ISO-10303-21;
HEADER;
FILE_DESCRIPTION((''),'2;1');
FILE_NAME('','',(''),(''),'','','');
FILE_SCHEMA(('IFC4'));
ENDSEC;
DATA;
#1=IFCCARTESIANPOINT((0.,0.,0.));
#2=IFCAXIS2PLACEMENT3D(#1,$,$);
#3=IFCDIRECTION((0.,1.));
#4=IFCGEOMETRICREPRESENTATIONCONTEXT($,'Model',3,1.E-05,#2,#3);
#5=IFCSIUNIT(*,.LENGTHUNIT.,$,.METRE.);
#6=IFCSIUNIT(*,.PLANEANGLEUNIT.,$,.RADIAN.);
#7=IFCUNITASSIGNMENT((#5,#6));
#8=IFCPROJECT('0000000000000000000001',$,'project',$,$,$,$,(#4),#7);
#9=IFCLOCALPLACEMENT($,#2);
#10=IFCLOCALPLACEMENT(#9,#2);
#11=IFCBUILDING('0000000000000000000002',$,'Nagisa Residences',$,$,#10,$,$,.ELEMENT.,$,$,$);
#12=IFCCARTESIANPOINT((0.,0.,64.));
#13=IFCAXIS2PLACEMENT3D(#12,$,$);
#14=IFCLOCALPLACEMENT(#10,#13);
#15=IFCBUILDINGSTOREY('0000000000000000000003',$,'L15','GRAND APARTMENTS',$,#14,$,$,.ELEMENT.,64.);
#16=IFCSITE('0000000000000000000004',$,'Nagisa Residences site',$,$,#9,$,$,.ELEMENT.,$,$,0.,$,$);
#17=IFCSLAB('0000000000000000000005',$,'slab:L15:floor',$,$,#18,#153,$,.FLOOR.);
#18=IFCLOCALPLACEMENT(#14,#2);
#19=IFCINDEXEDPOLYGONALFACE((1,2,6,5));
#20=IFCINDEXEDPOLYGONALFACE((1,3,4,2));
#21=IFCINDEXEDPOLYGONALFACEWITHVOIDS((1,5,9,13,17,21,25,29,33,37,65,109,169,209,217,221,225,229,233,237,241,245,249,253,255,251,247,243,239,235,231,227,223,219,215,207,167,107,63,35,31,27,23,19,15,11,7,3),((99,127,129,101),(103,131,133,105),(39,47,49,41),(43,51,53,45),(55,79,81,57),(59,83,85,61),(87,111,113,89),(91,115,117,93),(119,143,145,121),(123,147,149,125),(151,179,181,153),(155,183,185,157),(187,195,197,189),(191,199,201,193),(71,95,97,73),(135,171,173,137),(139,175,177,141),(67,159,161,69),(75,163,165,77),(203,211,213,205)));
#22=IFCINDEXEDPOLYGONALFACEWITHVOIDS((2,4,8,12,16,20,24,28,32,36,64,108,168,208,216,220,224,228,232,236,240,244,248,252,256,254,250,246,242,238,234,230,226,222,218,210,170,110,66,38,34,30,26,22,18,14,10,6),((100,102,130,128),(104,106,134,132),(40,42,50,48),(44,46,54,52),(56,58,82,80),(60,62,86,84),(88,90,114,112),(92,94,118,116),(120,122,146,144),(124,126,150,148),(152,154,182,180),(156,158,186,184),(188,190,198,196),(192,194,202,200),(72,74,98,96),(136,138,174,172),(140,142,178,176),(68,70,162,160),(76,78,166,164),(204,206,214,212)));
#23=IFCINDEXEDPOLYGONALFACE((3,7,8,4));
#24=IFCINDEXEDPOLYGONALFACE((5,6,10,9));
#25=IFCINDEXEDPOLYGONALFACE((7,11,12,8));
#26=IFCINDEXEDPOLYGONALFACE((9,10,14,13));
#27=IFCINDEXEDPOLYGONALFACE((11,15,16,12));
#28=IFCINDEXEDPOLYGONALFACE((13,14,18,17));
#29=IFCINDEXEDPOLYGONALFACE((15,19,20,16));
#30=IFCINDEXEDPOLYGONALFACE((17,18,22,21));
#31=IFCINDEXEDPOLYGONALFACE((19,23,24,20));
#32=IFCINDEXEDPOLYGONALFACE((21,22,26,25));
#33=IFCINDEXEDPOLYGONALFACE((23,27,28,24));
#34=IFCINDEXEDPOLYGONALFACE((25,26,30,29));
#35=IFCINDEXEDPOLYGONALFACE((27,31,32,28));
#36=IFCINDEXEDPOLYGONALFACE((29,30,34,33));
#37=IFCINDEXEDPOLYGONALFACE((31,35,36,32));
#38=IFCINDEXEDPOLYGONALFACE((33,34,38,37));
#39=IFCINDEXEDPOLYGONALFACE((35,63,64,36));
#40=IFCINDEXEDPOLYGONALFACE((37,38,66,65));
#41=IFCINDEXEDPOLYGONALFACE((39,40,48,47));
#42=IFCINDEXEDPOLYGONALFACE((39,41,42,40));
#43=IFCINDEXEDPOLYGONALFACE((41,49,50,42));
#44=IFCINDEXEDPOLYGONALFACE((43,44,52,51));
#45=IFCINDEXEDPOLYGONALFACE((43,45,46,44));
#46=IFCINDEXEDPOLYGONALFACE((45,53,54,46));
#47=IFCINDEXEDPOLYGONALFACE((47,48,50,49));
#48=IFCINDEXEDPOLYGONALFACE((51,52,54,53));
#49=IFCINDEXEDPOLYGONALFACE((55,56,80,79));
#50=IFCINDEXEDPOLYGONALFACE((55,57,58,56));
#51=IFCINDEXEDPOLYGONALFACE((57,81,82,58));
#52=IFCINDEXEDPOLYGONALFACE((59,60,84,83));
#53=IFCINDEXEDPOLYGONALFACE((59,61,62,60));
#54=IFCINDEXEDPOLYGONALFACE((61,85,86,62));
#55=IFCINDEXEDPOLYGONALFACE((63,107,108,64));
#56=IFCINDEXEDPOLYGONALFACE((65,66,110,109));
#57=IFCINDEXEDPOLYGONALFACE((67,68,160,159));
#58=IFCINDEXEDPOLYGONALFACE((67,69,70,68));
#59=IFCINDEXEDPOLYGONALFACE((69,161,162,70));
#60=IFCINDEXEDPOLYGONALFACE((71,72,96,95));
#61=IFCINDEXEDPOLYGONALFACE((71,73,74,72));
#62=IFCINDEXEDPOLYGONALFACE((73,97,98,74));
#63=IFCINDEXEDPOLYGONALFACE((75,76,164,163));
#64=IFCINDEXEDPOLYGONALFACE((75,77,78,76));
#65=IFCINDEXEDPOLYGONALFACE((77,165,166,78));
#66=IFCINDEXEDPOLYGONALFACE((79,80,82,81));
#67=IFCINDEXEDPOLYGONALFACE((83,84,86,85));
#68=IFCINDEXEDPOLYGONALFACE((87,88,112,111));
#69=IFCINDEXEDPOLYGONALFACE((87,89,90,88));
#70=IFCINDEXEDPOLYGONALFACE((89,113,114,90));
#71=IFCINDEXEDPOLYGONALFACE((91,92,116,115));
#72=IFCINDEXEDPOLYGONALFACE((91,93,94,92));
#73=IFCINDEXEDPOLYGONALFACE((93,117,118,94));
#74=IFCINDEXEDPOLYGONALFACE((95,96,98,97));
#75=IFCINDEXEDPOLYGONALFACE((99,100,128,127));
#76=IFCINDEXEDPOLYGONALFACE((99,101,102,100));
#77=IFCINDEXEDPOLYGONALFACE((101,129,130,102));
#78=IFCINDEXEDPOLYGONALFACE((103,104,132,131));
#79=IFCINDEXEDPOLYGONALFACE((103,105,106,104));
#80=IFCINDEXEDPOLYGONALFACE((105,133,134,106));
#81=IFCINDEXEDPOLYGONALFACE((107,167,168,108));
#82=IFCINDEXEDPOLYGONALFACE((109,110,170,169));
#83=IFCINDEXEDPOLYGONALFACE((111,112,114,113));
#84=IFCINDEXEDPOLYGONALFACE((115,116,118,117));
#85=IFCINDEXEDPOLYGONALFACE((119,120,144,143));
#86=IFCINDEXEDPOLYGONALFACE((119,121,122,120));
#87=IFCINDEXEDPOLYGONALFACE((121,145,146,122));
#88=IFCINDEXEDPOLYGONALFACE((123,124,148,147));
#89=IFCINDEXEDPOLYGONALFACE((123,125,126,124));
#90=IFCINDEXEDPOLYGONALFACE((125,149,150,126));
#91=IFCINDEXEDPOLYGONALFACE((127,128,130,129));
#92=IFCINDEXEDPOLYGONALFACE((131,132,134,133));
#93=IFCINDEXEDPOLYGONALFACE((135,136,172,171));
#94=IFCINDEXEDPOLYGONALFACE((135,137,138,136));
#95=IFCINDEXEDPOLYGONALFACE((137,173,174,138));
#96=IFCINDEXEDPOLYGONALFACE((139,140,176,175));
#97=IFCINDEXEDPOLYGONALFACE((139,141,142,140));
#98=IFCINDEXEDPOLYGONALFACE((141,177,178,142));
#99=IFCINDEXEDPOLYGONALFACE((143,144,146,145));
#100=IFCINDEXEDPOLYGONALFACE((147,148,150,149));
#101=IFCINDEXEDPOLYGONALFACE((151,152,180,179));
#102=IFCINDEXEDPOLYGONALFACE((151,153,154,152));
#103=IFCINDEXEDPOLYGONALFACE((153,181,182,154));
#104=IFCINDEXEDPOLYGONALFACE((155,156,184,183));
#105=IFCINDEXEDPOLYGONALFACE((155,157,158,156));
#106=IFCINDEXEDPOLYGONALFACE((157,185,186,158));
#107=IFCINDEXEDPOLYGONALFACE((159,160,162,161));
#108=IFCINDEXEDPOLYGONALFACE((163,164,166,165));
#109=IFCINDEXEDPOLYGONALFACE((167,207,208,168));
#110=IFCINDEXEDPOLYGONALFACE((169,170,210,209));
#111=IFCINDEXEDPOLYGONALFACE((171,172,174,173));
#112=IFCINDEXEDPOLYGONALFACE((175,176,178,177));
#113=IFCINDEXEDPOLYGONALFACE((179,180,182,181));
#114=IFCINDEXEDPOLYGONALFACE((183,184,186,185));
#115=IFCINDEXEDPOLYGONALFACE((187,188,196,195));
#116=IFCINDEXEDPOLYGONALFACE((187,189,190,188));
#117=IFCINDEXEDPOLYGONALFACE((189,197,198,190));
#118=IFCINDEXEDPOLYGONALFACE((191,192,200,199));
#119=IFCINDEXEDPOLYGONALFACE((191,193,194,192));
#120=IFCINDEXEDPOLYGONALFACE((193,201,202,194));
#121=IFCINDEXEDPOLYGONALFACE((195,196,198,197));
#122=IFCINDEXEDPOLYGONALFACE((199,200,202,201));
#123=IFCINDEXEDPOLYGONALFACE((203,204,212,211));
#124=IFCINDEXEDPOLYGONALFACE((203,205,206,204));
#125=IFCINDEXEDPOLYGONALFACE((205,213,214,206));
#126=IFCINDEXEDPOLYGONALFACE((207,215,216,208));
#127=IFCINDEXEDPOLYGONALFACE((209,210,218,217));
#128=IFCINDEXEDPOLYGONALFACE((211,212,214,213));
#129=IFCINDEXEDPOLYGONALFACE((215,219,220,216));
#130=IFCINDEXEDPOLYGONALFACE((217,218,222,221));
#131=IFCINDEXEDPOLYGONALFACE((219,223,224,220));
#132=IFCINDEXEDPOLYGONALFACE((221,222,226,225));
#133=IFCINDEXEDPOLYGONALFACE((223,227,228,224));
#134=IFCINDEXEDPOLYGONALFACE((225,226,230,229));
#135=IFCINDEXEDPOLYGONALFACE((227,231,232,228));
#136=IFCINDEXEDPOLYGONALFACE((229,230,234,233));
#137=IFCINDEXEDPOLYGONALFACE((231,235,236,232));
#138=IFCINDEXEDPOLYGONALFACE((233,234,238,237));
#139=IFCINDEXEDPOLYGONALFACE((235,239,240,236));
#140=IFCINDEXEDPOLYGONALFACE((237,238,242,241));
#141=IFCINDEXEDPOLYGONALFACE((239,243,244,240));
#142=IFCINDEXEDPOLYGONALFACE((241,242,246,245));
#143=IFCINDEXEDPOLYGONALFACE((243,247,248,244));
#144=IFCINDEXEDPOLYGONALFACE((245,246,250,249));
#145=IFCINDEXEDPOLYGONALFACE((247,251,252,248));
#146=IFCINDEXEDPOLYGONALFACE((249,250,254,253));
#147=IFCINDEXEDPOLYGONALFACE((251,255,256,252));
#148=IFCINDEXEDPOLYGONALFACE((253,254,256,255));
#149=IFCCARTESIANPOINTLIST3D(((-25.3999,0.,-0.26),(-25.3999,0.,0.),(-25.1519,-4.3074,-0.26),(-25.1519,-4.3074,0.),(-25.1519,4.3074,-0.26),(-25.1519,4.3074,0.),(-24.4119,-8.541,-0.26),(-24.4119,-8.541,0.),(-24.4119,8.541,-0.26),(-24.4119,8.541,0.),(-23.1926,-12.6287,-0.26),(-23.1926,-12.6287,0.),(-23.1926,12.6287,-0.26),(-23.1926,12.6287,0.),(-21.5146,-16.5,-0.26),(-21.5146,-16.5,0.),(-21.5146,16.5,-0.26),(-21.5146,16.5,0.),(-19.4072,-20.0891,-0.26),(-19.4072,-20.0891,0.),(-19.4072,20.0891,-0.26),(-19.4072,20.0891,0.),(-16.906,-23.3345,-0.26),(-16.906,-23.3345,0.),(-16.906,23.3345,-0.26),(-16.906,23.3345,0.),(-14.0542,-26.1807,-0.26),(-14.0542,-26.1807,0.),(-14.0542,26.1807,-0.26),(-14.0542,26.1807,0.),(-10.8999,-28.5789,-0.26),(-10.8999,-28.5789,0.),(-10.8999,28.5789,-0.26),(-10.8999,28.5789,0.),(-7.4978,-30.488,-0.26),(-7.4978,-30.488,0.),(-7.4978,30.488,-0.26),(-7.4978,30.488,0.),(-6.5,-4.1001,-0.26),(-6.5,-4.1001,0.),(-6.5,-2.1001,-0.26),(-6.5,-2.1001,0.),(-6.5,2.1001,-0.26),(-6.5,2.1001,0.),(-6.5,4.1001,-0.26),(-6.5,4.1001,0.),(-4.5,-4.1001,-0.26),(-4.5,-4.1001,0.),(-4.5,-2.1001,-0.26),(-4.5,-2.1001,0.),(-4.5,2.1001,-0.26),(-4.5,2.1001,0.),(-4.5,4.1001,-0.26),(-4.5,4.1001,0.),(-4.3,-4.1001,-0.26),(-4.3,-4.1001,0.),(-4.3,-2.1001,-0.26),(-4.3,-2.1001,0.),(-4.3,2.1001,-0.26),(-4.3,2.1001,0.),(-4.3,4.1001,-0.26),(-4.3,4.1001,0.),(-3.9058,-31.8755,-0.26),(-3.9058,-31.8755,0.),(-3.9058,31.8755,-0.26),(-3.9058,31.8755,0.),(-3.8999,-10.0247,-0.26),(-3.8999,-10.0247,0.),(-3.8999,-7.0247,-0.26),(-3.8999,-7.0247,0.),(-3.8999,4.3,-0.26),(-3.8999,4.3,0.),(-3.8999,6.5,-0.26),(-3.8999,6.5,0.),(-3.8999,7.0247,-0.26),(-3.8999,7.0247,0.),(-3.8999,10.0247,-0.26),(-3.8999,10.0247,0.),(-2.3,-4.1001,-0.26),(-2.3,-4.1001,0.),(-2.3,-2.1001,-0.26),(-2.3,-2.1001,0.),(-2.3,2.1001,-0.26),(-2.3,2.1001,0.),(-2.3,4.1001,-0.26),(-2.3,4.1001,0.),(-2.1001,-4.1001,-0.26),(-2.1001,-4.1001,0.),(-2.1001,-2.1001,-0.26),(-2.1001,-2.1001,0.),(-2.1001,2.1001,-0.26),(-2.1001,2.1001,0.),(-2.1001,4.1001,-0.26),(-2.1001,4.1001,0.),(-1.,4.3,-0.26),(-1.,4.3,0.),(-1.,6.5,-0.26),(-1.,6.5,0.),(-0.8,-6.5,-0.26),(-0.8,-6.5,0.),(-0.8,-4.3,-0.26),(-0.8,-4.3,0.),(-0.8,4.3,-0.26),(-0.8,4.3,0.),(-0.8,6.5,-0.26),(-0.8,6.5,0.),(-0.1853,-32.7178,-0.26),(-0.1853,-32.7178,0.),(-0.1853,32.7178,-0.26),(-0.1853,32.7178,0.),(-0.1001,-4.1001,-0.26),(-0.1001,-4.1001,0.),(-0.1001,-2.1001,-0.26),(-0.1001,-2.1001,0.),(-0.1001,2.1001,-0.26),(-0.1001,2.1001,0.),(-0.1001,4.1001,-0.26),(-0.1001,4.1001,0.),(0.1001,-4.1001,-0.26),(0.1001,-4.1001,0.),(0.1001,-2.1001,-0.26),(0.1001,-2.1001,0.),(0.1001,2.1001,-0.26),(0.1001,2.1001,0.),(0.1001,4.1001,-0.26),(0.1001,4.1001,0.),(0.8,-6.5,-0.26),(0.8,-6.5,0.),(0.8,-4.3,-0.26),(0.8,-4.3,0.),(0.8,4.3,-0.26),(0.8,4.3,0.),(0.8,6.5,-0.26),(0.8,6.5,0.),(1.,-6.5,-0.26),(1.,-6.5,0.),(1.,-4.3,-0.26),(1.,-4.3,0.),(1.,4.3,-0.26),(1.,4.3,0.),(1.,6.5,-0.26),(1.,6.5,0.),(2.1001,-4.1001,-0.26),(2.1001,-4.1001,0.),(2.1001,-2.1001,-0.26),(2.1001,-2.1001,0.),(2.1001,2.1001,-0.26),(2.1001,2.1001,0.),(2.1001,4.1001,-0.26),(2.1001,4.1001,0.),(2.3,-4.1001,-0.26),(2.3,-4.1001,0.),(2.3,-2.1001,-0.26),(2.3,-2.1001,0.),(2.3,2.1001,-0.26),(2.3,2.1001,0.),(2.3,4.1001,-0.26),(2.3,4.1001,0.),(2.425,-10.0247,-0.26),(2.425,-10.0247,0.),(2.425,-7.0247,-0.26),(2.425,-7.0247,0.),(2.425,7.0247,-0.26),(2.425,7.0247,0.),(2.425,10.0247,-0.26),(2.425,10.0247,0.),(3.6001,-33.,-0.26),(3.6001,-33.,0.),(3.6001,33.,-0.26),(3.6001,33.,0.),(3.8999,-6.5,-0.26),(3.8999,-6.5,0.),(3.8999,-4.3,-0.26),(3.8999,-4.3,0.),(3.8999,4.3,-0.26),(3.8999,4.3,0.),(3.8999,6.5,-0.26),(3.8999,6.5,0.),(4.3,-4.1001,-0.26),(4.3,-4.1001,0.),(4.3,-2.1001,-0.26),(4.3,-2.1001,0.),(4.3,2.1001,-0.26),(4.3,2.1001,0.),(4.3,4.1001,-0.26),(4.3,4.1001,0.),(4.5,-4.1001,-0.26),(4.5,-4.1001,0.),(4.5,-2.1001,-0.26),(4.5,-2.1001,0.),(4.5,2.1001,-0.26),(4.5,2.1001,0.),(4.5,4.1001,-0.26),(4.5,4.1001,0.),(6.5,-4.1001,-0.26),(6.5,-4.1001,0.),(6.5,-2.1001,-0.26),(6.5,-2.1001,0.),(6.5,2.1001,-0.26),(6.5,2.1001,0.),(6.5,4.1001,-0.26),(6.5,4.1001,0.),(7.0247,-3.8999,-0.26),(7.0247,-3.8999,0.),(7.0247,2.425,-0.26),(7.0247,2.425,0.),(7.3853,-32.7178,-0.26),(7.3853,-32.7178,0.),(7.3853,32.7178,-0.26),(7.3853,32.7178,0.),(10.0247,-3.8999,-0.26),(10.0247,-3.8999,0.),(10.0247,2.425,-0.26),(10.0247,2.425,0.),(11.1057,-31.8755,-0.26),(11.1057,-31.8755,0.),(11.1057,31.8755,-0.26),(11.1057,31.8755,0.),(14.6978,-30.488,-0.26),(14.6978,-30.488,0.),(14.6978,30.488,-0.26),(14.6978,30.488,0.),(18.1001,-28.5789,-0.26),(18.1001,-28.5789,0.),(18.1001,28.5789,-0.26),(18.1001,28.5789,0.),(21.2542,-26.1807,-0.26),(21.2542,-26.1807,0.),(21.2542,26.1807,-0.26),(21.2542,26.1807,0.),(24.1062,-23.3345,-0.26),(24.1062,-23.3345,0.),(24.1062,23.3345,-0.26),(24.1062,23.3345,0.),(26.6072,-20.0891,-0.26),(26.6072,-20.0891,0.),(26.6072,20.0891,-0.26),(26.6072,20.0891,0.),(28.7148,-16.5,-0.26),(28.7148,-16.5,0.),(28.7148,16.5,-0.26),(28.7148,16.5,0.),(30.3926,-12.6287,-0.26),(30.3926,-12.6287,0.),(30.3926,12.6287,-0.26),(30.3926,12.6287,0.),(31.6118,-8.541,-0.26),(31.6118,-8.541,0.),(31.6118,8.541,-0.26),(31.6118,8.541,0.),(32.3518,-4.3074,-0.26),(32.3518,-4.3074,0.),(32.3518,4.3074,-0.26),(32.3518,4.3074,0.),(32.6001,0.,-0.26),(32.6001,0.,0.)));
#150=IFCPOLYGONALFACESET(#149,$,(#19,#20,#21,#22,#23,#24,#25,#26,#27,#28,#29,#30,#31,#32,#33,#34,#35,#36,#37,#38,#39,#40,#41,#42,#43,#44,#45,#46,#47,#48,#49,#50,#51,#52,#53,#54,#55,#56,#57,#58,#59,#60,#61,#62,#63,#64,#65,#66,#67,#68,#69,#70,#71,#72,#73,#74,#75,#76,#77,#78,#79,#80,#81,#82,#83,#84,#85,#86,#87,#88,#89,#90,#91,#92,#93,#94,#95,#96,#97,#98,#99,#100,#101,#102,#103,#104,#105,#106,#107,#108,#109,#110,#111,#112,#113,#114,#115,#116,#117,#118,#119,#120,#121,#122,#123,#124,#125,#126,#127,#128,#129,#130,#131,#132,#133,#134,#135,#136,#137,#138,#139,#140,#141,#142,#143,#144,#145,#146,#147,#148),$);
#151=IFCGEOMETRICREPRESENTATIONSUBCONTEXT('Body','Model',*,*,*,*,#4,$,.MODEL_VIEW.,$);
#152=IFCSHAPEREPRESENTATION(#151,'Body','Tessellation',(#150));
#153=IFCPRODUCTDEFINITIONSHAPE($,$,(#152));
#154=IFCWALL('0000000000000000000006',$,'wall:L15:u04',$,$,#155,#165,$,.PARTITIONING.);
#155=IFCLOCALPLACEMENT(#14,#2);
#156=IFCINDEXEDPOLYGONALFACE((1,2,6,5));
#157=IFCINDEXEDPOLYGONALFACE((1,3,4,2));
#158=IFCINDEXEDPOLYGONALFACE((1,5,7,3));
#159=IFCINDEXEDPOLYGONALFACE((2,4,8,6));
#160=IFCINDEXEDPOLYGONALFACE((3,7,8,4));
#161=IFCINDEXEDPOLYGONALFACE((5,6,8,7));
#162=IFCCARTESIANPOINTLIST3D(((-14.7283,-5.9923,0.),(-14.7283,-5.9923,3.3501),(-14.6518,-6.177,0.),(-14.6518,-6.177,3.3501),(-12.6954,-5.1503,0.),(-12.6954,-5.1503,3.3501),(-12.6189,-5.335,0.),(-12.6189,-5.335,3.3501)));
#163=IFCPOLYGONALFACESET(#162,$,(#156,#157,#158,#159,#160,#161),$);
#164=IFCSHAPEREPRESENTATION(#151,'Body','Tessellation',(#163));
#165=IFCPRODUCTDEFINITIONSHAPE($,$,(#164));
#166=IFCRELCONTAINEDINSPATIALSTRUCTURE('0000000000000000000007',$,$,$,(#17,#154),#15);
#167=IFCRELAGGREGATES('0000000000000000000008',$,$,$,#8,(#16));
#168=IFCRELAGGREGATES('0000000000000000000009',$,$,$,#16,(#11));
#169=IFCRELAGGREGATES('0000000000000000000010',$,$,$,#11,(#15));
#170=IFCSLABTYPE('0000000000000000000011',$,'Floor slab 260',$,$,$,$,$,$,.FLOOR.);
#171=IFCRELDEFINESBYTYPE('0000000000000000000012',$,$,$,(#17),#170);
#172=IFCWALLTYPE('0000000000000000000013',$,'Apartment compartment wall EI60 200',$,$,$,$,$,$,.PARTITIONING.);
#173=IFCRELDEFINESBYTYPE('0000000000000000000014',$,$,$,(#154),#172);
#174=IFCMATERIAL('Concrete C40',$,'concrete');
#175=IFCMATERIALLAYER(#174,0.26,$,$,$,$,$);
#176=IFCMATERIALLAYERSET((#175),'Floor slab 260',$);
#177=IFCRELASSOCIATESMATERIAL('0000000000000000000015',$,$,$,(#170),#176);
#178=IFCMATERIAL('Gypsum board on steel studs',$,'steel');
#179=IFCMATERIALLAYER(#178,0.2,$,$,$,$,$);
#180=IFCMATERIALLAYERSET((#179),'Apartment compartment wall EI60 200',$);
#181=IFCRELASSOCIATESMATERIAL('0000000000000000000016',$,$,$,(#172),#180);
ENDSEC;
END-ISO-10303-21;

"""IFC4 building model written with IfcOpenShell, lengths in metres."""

from ifc_helpers import new_model, si_unit, direction, frame, frame_2d, origin, place, context, subcontext, project, spatial, polyline, rectangle, outline, extrude, material, layer, layer_set, type_object, element, save


model = new_model("IFC4")

# Units and contexts
model_context = context("Model", 3, precision=1e-05, world=origin(), true_north=direction((0.0, 1.0)))
body_context = subcontext(model_context, "Body", "Model", "MODEL_VIEW")
ifc_project = project(units=[si_unit("LENGTHUNIT", "METRE"), si_unit("PLANEANGLEUNIT", "RADIAN")], contexts=[model_context])

# Site, building, storey
site_placement = place(None, origin())
site = spatial("IfcSite", under=ifc_project, at=site_placement, Name="Nagisa Residences site", CompositionType="ELEMENT", RefElevation=0.0)
building_placement = place(site_placement, origin())
building = spatial("IfcBuilding", under=site, at=building_placement, Name="Nagisa Residences", CompositionType="ELEMENT")
storey_placement = place(building_placement, frame((0.0, 0.0, 64.0)))
storey = spatial("IfcBuildingStorey", under=building, at=storey_placement, Name="L15", Description="GRAND APARTMENTS", CompositionType="ELEMENT", Elevation=64.0)

# Slab
ifc_material_1 = material(Name="Concrete C40", Category="concrete")
ifc_layer_1 = layer(ifc_material_1, 0.26)
ifc_layer_set_1 = layer_set([ifc_layer_1], Name="Floor slab 260")
slab_type_1 = type_object("IfcSlabType", Name="Floor slab 260", PredefinedType="FLOOR", material=ifc_layer_set_1)
slab_1_placement = place(storey_placement, frame((0.0, 0.0, -0.26)))
element("IfcSlab", 1, at=slab_1_placement, inside=storey, type_object=slab_type_1, Name="slab:L15:floor", PredefinedType="FLOOR", context=body_context, shape_type="SweptSolid", body=[
    extrude(outline(polyline([(32.6001, 0.0), (32.3518, 4.3074), (31.6118, 8.541), (30.3926, 12.6287), (28.7148, 16.5), (26.6072, 20.0891), (24.1062, 23.3345), (21.2542, 26.1807), (18.1001, 28.5789), (14.6978, 30.488), (11.1057, 31.8755), (7.3853, 32.7178), (3.6001, 33.0), (-0.1853, 32.7178), (-3.9058, 31.8755), (-7.4978, 30.488), (-10.8999, 28.5789), (-14.0542, 26.1807), (-16.906, 23.3345), (-19.4072, 20.0891), (-21.5146, 16.5), (-23.1926, 12.6287), (-24.4119, 8.541), (-25.1519, 4.3074), (-25.3999, 0.0), (-25.1519, -4.3074), (-24.4119, -8.541), (-23.1926, -12.6287), (-21.5146, -16.5), (-19.4072, -20.0891), (-16.906, -23.3345), (-14.0542, -26.1807), (-10.8999, -28.5789), (-7.4978, -30.488), (-3.9058, -31.8755), (-0.1853, -32.7178), (3.6001, -33.0), (7.3853, -32.7178), (11.1057, -31.8755), (14.6978, -30.488), (18.1001, -28.5789), (21.2542, -26.1807), (24.1062, -23.3345), (26.6072, -20.0891), (28.7148, -16.5), (30.3926, -12.6287), (31.6118, -8.541), (32.3518, -4.3074), (32.6001, 0.0)]), holes=[polyline([(-4.5, 2.1001), (-4.5, 4.1001), (-6.5, 4.1001), (-6.5, 2.1001), (-4.5, 2.1001)]), polyline([(-2.3, 2.1001), (-2.3, 4.1001), (-4.3, 4.1001), (-4.3, 2.1001), (-2.3, 2.1001)]), polyline([(-0.1001, 2.1001), (-0.1001, 4.1001), (-2.1001, 4.1001), (-2.1001, 2.1001), (-0.1001, 2.1001)]), polyline([(2.1001, 2.1001), (2.1001, 4.1001), (0.1001, 4.1001), (0.1001, 2.1001), (2.1001, 2.1001)]), polyline([(4.3, 2.1001), (4.3, 4.1001), (2.3, 4.1001), (2.3, 2.1001), (4.3, 2.1001)]), polyline([(6.5, 2.1001), (6.5, 4.1001), (4.5, 4.1001), (4.5, 2.1001), (6.5, 2.1001)]), polyline([(-4.5, -4.1001), (-4.5, -2.1001), (-6.5, -2.1001), (-6.5, -4.1001), (-4.5, -4.1001)]), polyline([(-2.3, -4.1001), (-2.3, -2.1001), (-4.3, -2.1001), (-4.3, -4.1001), (-2.3, -4.1001)]), polyline([(-0.1001, -4.1001), (-0.1001, -2.1001), (-2.1001, -2.1001), (-2.1001, -4.1001), (-0.1001, -4.1001)]), polyline([(2.1001, -4.1001), (2.1001, -2.1001), (0.1001, -2.1001), (0.1001, -4.1001), (2.1001, -4.1001)]), polyline([(4.3, -4.1001), (4.3, -2.1001), (2.3, -2.1001), (2.3, -4.1001), (4.3, -4.1001)]), polyline([(6.5, -4.1001), (6.5, -2.1001), (4.5, -2.1001), (4.5, -4.1001), (6.5, -4.1001)]), polyline([(3.8999, 4.3), (3.8999, 6.5), (1.0, 6.5), (1.0, 4.3), (3.8999, 4.3)]), polyline([(3.8999, -6.5), (3.8999, -4.3), (1.0, -4.3), (1.0, -6.5), (3.8999, -6.5)]), polyline([(-1.0, 4.3), (-1.0, 6.5), (-3.8999, 6.5), (-3.8999, 4.3), (-1.0, 4.3)]), polyline([(0.8, 4.3), (0.8, 6.5), (-0.8, 6.5), (-0.8, 4.3), (0.8, 4.3)]), polyline([(0.8, -6.5), (0.8, -4.3), (-0.8, -4.3), (-0.8, -6.5), (0.8, -6.5)]), polyline([(10.0247, -3.8999), (7.0247, -3.8999), (7.0247, 2.425), (10.0247, 2.425), (10.0247, -3.8999)]), polyline([(-3.8999, 7.0247), (-3.8999, 10.0247), (2.425, 10.0247), (2.425, 7.0247), (-3.8999, 7.0247)]), polyline([(-3.8999, -10.0247), (-3.8999, -7.0247), (2.425, -7.0247), (2.425, -10.0247), (-3.8999, -10.0247)])]), origin(), (0.0, 0.0, 1.0), 0.26),
])

# Wall
ifc_material_2 = material(Name="Gypsum board on steel studs", Category="steel")
ifc_layer_2 = layer(ifc_material_2, 0.2)
ifc_layer_set_2 = layer_set([ifc_layer_2], Name="Apartment compartment wall EI60 200")
wall_type_1 = type_object("IfcWallType", Name="Apartment compartment wall EI60 200", PredefinedType="PARTITIONING", material=ifc_layer_set_2)
wall_1_placement = place(storey_placement, frame((-12.6572, -5.2427, 0.0), z_axis=(0.0, 0.0, 1.0), x_axis=(-0.923886, -0.382669, 0.0)))
element("IfcWall", 2, at=wall_1_placement, inside=storey, type_object=wall_type_1, Name="wall:L15:u04", PredefinedType="PARTITIONING", context=body_context, shape_type="SweptSolid", body=[
    extrude(rectangle(XDim=2.2004, YDim=0.2, at=frame_2d((1.1001, 0.0))), origin(), (0.0, 0.0, 1.0), 3.3501),
])

save(model, "model.ifc")
